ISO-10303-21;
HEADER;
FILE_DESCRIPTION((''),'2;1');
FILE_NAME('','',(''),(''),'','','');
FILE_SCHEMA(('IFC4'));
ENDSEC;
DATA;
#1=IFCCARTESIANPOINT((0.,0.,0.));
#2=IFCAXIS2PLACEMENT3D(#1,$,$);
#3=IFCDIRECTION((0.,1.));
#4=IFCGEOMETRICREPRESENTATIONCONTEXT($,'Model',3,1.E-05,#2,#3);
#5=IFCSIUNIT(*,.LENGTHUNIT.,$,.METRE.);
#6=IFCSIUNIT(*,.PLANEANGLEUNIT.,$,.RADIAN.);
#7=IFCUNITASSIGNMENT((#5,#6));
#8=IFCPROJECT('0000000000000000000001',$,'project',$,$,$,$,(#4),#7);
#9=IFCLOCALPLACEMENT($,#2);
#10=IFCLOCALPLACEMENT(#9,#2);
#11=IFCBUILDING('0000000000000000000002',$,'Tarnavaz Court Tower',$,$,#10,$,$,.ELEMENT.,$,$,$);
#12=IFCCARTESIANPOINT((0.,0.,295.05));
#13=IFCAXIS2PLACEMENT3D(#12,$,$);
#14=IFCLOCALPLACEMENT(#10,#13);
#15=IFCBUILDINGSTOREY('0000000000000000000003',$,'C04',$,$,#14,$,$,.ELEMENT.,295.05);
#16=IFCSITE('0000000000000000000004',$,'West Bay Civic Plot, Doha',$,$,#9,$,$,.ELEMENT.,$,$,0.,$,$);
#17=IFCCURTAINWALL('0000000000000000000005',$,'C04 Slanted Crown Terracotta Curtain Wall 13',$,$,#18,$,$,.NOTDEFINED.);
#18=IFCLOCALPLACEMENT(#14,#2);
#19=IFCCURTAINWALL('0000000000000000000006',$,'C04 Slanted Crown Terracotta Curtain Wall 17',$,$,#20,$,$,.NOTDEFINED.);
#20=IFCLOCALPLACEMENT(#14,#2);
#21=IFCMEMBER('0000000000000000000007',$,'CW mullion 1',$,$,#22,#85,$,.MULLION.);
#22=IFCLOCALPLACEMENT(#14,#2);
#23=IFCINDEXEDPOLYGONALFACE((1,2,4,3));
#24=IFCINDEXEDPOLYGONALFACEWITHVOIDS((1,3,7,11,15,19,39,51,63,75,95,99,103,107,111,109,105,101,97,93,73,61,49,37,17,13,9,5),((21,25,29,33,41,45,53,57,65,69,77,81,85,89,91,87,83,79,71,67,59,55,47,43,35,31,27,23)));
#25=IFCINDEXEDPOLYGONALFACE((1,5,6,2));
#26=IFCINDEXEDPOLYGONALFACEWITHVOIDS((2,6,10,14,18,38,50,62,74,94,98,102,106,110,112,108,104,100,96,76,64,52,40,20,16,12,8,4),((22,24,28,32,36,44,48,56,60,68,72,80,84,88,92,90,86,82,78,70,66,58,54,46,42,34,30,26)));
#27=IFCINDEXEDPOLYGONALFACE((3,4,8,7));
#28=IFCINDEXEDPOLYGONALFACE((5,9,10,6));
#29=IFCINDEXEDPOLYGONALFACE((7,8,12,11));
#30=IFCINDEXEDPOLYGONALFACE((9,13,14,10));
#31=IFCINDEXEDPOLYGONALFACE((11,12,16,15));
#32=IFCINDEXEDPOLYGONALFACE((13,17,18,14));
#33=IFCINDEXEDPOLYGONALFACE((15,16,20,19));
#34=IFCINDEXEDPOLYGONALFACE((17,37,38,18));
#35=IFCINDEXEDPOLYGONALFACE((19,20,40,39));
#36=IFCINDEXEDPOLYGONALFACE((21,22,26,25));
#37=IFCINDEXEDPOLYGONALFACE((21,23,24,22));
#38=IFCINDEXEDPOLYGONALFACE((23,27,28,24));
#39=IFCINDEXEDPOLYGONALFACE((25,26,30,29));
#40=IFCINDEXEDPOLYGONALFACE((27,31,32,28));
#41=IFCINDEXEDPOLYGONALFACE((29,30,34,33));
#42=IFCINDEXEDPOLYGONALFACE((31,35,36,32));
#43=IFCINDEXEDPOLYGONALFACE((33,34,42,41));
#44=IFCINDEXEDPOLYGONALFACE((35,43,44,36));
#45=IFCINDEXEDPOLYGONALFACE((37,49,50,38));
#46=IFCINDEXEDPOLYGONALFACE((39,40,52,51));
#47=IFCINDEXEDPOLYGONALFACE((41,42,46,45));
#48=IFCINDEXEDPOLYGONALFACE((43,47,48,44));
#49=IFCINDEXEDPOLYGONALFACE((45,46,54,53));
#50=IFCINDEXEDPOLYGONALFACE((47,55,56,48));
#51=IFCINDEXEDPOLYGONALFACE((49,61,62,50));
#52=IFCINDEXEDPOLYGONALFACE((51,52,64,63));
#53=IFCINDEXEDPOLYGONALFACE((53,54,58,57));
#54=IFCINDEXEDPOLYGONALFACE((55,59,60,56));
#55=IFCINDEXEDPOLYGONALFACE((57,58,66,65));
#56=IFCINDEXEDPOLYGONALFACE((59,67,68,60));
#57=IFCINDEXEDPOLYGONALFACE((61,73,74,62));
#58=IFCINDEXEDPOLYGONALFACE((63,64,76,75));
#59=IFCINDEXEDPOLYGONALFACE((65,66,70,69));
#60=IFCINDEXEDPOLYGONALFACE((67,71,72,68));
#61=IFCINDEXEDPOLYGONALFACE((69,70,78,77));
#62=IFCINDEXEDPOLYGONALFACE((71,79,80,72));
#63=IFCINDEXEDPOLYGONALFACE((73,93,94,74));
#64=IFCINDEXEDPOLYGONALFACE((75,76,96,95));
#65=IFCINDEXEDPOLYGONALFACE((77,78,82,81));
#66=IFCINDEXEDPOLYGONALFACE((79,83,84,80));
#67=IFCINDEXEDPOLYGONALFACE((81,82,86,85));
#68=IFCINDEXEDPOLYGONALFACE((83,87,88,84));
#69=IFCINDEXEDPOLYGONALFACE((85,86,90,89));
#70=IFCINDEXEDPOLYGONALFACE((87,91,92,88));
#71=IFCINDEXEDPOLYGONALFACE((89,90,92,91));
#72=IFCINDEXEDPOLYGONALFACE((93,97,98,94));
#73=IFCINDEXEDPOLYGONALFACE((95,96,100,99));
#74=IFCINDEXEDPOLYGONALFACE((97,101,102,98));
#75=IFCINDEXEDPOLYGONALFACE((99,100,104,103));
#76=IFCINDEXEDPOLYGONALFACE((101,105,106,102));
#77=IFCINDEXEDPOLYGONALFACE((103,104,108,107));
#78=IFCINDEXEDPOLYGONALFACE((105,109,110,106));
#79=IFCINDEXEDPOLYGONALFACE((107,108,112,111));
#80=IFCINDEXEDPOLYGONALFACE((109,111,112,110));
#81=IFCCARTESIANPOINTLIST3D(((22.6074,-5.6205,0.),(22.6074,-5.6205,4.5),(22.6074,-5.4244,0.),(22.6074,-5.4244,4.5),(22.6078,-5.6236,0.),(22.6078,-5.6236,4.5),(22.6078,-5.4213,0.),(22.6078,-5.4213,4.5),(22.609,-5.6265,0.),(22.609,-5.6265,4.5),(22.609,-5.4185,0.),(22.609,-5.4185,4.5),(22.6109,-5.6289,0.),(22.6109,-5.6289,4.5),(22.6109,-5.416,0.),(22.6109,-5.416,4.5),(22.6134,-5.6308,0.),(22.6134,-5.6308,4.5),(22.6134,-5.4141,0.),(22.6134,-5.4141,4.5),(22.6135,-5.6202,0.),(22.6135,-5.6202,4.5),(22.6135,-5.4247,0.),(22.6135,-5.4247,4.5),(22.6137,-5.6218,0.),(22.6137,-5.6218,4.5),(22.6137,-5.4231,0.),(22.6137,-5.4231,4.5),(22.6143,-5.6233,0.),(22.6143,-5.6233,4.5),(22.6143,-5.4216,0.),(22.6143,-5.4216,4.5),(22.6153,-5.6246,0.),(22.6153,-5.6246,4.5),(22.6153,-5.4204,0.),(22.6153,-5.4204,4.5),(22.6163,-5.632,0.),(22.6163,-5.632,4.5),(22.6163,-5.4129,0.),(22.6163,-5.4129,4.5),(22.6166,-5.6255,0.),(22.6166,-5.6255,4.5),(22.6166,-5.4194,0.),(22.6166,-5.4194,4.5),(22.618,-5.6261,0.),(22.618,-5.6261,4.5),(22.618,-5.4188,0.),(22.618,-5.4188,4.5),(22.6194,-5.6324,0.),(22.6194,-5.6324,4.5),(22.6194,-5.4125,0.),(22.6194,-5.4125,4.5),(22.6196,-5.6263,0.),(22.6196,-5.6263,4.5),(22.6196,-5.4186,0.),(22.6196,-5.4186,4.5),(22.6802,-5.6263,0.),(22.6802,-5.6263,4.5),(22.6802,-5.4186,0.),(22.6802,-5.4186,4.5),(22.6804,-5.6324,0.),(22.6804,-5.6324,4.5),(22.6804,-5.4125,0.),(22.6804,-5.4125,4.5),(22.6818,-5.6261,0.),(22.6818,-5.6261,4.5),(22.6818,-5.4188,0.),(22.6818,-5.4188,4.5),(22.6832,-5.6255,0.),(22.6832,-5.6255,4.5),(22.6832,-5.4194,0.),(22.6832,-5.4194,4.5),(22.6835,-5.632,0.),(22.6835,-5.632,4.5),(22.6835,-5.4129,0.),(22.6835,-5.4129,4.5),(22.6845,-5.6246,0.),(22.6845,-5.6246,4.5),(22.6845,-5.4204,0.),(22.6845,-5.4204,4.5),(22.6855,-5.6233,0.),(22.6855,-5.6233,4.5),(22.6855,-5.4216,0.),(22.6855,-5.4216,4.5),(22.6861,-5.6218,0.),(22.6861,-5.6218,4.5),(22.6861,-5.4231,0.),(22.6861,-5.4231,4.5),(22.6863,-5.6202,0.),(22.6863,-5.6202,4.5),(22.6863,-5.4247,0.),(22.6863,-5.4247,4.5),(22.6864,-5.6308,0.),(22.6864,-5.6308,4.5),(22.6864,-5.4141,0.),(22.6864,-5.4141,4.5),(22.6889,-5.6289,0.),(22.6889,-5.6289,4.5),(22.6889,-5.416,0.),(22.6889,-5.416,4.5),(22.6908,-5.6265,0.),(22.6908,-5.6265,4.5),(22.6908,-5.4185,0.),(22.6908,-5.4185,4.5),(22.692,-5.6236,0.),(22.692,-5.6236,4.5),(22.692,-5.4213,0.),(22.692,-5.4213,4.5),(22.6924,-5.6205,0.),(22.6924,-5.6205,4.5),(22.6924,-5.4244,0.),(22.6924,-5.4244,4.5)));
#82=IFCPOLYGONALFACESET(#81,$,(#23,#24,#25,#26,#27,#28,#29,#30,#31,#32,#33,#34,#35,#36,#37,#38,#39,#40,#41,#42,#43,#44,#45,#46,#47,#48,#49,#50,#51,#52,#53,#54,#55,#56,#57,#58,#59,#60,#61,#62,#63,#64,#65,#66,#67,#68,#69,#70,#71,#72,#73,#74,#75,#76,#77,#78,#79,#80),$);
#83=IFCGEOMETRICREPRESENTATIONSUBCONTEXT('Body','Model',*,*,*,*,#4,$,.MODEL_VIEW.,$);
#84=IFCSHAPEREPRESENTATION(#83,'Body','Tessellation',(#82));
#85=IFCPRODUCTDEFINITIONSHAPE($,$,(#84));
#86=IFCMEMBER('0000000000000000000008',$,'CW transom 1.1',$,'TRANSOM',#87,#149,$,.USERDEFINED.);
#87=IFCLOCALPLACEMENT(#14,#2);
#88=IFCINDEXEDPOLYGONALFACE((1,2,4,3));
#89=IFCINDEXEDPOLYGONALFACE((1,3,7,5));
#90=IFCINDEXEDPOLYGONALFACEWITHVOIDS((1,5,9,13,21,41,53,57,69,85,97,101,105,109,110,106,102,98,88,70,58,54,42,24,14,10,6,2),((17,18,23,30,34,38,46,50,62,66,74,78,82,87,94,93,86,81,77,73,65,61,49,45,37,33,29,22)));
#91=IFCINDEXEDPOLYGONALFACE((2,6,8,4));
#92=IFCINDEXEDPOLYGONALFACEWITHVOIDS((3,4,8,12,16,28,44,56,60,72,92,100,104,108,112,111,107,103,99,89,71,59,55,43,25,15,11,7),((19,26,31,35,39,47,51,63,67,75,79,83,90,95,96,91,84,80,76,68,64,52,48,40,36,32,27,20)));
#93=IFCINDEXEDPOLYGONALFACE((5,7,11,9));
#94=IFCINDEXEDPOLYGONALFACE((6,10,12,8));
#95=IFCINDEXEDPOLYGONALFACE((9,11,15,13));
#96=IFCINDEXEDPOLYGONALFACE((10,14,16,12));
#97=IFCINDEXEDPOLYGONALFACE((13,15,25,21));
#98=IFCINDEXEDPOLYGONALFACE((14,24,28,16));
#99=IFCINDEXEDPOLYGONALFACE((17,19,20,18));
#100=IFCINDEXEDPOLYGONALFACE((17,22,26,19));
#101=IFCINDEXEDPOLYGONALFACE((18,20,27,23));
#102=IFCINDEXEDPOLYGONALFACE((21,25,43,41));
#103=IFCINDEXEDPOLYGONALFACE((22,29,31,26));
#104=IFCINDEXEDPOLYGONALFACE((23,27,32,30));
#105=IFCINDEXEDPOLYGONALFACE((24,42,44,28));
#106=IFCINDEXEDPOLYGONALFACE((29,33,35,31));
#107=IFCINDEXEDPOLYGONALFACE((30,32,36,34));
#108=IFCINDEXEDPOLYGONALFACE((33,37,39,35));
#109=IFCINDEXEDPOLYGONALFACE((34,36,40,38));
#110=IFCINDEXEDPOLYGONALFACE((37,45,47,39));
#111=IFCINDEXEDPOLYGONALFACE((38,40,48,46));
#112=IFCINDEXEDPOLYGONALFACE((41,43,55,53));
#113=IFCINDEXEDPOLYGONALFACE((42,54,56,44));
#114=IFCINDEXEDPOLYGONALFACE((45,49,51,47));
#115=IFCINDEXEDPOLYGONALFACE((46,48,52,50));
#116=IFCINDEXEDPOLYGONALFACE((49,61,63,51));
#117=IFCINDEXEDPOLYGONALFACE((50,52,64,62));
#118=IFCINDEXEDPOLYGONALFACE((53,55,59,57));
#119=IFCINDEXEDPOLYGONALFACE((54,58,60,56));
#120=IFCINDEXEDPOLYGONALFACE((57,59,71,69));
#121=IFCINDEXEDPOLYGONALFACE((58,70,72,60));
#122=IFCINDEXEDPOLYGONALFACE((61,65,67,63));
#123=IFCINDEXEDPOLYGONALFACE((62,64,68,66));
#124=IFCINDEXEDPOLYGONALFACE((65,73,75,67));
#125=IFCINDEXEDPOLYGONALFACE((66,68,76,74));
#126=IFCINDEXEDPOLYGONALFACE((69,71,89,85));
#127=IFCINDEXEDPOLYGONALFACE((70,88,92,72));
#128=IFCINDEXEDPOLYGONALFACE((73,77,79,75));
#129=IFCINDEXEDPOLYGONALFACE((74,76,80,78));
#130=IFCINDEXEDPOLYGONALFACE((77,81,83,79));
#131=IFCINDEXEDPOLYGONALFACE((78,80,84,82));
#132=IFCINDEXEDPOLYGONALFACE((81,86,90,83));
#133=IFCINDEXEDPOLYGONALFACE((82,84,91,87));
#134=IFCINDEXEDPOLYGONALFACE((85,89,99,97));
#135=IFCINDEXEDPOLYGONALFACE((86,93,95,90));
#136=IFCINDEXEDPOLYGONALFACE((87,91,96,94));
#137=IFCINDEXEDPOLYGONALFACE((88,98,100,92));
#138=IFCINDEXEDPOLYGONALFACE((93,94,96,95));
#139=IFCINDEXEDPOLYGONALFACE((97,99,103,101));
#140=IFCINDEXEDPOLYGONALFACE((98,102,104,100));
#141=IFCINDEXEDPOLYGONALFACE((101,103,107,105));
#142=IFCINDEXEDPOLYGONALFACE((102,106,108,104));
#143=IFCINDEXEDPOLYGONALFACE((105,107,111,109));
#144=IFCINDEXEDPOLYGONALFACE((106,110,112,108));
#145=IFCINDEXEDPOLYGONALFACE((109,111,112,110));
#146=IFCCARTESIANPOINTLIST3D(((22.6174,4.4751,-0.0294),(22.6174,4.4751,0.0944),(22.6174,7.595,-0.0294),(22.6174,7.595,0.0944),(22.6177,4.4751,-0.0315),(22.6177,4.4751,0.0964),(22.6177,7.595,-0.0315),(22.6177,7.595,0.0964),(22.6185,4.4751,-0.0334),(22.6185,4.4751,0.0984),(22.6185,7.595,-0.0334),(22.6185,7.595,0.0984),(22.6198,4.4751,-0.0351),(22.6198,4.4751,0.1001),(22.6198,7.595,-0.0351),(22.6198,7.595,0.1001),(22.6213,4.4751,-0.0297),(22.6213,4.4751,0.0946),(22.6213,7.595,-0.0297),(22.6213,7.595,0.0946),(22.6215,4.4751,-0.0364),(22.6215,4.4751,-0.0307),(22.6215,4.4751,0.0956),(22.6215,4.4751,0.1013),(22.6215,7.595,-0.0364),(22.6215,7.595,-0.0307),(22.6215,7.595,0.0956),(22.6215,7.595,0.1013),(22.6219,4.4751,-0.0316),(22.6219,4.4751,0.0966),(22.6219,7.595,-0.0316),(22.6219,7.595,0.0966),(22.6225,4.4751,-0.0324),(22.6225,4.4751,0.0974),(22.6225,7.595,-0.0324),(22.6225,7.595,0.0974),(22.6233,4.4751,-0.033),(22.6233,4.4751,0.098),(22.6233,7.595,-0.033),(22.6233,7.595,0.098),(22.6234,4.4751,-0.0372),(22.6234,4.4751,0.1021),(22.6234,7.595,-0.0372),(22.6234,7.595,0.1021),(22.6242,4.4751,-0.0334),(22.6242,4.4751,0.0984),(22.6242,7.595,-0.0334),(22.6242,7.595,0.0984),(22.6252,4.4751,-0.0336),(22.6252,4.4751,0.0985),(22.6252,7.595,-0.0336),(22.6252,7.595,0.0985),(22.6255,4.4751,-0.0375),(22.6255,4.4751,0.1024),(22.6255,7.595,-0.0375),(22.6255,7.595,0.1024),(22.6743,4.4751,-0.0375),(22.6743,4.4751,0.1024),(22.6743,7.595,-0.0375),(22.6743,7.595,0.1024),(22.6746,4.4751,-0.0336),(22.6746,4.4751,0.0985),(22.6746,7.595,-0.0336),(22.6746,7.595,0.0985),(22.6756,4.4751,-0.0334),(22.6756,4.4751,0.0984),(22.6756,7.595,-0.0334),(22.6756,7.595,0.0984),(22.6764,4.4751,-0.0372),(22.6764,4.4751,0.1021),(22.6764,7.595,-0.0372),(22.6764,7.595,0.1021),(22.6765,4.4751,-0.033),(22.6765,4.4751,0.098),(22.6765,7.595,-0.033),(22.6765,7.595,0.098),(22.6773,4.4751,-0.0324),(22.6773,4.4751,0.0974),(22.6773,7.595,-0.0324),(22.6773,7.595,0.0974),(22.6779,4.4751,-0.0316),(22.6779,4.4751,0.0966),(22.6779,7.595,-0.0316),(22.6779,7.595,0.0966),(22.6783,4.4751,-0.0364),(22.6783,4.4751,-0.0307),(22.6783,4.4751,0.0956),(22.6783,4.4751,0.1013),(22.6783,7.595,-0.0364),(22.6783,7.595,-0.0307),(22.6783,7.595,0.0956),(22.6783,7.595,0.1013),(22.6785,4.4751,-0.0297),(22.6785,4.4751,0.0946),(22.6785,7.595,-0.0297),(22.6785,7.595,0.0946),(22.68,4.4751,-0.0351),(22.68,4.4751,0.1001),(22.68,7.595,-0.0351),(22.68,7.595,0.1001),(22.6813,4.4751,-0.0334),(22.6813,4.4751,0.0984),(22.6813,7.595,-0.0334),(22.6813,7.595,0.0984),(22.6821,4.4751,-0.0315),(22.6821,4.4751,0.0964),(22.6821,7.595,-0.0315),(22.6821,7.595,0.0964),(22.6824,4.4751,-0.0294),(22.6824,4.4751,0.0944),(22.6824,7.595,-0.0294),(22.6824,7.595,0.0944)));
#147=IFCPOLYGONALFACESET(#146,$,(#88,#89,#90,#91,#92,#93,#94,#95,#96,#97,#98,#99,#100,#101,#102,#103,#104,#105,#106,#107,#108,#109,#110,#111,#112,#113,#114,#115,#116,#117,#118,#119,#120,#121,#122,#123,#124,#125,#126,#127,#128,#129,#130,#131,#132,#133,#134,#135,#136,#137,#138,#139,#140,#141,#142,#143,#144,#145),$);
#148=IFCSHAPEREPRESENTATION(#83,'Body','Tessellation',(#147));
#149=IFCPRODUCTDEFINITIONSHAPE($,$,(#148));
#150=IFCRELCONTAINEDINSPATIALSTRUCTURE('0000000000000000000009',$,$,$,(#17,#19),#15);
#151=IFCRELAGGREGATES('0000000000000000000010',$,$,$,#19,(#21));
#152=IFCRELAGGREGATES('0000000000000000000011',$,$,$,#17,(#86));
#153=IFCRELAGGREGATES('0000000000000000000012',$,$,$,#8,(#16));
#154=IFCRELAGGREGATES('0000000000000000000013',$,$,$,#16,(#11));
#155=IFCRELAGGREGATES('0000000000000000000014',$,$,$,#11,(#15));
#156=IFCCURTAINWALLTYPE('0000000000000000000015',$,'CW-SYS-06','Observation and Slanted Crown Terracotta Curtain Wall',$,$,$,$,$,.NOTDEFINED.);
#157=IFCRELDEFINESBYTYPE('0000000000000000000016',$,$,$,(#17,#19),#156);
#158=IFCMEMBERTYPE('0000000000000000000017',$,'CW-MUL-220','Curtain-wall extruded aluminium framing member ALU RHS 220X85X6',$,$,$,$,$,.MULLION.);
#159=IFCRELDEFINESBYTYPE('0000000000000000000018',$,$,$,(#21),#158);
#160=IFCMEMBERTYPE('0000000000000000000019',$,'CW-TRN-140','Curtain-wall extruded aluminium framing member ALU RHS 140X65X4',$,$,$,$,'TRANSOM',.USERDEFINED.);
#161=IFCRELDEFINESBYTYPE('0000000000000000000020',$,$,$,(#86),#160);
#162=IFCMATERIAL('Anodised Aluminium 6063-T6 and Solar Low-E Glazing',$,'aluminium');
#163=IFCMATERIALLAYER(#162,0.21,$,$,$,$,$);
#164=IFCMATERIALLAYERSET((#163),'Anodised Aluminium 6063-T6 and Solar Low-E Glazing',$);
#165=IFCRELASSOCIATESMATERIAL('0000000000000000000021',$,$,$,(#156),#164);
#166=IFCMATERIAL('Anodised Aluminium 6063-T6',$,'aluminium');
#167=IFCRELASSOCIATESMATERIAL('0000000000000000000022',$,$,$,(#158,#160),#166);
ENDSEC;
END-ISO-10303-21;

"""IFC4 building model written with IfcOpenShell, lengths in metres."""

from ifc_helpers import new_model, si_unit, direction, frame, origin, origin_2d, place, context, subcontext, project, spatial, hollow_rectangle, extrude, material, layer, layer_set, material_profile, profile_set, type_object, element, aggregate, save


model = new_model("IFC4")

# Units and contexts
model_context = context("Model", 3, precision=1e-05, world=origin(), true_north=direction((0.0, 1.0)))
body_context = subcontext(model_context, "Body", "Model", "MODEL_VIEW")
ifc_project = project(units=[si_unit("LENGTHUNIT", "METRE"), si_unit("PLANEANGLEUNIT", "RADIAN")], contexts=[model_context])

# Site, building, storey
site_placement = place(None, origin())
site = spatial("IfcSite", under=ifc_project, at=site_placement, Name="West Bay Civic Plot, Doha", CompositionType="ELEMENT", RefElevation=0.0)
building_placement = place(site_placement, origin())
building = spatial("IfcBuilding", under=site, at=building_placement, Name="Tarnavaz Court Tower", CompositionType="ELEMENT")
storey_placement = place(building_placement, frame((0.0, 0.0, 295.05)))
storey = spatial("IfcBuildingStorey", under=building, at=storey_placement, Name="C04", CompositionType="ELEMENT", Elevation=295.05)

# Shared definitions
ifc_material_1 = material(Name="Anodised Aluminium 6063-T6 and Solar Low-E Glazing", Category="aluminium")
ifc_layer_1 = layer(ifc_material_1, 0.21)
ifc_layer_set_1 = layer_set([ifc_layer_1], Name="Anodised Aluminium 6063-T6 and Solar Low-E Glazing")
curtain_wall_type = type_object("IfcCurtainWallType", Name="CW-SYS-06", Description="Observation and Slanted Crown Terracotta Curtain Wall", PredefinedType="NOTDEFINED", material=ifc_layer_set_1)
ifc_material_2 = material(Name="Anodised Aluminium 6063-T6", Category="aluminium")
ifc_material_profile_1 = material_profile(ifc_material_2, hollow_rectangle(XDim=0.085, YDim=0.22, WallThickness=0.0061, InnerFilletRadius=0.0061, OuterFilletRadius=0.012, at=origin_2d()), Name="ALU RHS 220X85X6")
ifc_profile_set_1 = profile_set([ifc_material_profile_1], Name="Anodised Aluminium 6063-T6")
member_type_1 = type_object("IfcMemberType", Name="CW-MUL-220", Description="Curtain-wall extruded aluminium framing member ALU RHS 220X85X6", PredefinedType="MULLION", material=ifc_profile_set_1)

# Curtain wall
curtain_wall_1_placement = place(storey_placement, origin())
curtain_wall_1 = element("IfcCurtainWall", 1, at=curtain_wall_1_placement, inside=storey, type_object=curtain_wall_type, Name="C04 Slanted Crown Terracotta Curtain Wall 13", PredefinedType="NOTDEFINED")

# Curtain wall, member
curtain_wall_2_placement = place(storey_placement, origin())
curtain_wall_2 = element("IfcCurtainWall", 2, at=curtain_wall_2_placement, inside=storey, type_object=curtain_wall_type, Name="C04 Slanted Crown Terracotta Curtain Wall 17", PredefinedType="NOTDEFINED")
member_1_placement = place(storey_placement, frame((22.6499, -5.5225, 0.0), z_axis=(0.0, 0.0, 1.0), x_axis=(1.0, 0.0, 0.0)))
member_1 = element("IfcMember", 3, at=member_1_placement, type_object=member_type_1, Name="CW mullion 1", PredefinedType="MULLION", context=body_context, shape_type="SweptSolid", body=[
    extrude(hollow_rectangle(XDim=0.085, YDim=0.22, WallThickness=0.0061, InnerFilletRadius=0.0061, OuterFilletRadius=0.012, at=origin_2d()), origin(), (0.0, 0.0, 1.0), 4.5),
])

# Member
ifc_material_profile_2 = material_profile(ifc_material_2, hollow_rectangle(XDim=0.0649, YDim=0.1399, WallThickness=0.0039, InnerFilletRadius=0.0039, OuterFilletRadius=0.0081, at=origin_2d()), Name="ALU RHS 140X65X4")
ifc_profile_set_2 = profile_set([ifc_material_profile_2], Name="Anodised Aluminium 6063-T6")
member_type_2 = type_object("IfcMemberType", Name="CW-TRN-140", Description="Curtain-wall extruded aluminium framing member ALU RHS 140X65X4", ElementType="TRANSOM", PredefinedType="USERDEFINED", material=ifc_profile_set_2)
member_2_placement = place(storey_placement, frame((22.6499, 7.595, 0.0325), z_axis=(0.0, -1.0, 0.0), x_axis=(1.0, 0.0, 0.0)))
member_2 = element("IfcMember", 4, at=member_2_placement, type_object=member_type_2, Name="CW transom 1.1", ObjectType="TRANSOM", PredefinedType="USERDEFINED", context=body_context, shape_type="SweptSolid", body=[
    extrude(hollow_rectangle(XDim=0.0649, YDim=0.1399, WallThickness=0.0039, InnerFilletRadius=0.0039, OuterFilletRadius=0.0081, at=origin_2d()), origin(), (0.0, 0.0, 1.0), 3.1199),
])
aggregate(curtain_wall_2, [member_1])

aggregate(curtain_wall_1, [member_2])

save(model, "model.ifc")
